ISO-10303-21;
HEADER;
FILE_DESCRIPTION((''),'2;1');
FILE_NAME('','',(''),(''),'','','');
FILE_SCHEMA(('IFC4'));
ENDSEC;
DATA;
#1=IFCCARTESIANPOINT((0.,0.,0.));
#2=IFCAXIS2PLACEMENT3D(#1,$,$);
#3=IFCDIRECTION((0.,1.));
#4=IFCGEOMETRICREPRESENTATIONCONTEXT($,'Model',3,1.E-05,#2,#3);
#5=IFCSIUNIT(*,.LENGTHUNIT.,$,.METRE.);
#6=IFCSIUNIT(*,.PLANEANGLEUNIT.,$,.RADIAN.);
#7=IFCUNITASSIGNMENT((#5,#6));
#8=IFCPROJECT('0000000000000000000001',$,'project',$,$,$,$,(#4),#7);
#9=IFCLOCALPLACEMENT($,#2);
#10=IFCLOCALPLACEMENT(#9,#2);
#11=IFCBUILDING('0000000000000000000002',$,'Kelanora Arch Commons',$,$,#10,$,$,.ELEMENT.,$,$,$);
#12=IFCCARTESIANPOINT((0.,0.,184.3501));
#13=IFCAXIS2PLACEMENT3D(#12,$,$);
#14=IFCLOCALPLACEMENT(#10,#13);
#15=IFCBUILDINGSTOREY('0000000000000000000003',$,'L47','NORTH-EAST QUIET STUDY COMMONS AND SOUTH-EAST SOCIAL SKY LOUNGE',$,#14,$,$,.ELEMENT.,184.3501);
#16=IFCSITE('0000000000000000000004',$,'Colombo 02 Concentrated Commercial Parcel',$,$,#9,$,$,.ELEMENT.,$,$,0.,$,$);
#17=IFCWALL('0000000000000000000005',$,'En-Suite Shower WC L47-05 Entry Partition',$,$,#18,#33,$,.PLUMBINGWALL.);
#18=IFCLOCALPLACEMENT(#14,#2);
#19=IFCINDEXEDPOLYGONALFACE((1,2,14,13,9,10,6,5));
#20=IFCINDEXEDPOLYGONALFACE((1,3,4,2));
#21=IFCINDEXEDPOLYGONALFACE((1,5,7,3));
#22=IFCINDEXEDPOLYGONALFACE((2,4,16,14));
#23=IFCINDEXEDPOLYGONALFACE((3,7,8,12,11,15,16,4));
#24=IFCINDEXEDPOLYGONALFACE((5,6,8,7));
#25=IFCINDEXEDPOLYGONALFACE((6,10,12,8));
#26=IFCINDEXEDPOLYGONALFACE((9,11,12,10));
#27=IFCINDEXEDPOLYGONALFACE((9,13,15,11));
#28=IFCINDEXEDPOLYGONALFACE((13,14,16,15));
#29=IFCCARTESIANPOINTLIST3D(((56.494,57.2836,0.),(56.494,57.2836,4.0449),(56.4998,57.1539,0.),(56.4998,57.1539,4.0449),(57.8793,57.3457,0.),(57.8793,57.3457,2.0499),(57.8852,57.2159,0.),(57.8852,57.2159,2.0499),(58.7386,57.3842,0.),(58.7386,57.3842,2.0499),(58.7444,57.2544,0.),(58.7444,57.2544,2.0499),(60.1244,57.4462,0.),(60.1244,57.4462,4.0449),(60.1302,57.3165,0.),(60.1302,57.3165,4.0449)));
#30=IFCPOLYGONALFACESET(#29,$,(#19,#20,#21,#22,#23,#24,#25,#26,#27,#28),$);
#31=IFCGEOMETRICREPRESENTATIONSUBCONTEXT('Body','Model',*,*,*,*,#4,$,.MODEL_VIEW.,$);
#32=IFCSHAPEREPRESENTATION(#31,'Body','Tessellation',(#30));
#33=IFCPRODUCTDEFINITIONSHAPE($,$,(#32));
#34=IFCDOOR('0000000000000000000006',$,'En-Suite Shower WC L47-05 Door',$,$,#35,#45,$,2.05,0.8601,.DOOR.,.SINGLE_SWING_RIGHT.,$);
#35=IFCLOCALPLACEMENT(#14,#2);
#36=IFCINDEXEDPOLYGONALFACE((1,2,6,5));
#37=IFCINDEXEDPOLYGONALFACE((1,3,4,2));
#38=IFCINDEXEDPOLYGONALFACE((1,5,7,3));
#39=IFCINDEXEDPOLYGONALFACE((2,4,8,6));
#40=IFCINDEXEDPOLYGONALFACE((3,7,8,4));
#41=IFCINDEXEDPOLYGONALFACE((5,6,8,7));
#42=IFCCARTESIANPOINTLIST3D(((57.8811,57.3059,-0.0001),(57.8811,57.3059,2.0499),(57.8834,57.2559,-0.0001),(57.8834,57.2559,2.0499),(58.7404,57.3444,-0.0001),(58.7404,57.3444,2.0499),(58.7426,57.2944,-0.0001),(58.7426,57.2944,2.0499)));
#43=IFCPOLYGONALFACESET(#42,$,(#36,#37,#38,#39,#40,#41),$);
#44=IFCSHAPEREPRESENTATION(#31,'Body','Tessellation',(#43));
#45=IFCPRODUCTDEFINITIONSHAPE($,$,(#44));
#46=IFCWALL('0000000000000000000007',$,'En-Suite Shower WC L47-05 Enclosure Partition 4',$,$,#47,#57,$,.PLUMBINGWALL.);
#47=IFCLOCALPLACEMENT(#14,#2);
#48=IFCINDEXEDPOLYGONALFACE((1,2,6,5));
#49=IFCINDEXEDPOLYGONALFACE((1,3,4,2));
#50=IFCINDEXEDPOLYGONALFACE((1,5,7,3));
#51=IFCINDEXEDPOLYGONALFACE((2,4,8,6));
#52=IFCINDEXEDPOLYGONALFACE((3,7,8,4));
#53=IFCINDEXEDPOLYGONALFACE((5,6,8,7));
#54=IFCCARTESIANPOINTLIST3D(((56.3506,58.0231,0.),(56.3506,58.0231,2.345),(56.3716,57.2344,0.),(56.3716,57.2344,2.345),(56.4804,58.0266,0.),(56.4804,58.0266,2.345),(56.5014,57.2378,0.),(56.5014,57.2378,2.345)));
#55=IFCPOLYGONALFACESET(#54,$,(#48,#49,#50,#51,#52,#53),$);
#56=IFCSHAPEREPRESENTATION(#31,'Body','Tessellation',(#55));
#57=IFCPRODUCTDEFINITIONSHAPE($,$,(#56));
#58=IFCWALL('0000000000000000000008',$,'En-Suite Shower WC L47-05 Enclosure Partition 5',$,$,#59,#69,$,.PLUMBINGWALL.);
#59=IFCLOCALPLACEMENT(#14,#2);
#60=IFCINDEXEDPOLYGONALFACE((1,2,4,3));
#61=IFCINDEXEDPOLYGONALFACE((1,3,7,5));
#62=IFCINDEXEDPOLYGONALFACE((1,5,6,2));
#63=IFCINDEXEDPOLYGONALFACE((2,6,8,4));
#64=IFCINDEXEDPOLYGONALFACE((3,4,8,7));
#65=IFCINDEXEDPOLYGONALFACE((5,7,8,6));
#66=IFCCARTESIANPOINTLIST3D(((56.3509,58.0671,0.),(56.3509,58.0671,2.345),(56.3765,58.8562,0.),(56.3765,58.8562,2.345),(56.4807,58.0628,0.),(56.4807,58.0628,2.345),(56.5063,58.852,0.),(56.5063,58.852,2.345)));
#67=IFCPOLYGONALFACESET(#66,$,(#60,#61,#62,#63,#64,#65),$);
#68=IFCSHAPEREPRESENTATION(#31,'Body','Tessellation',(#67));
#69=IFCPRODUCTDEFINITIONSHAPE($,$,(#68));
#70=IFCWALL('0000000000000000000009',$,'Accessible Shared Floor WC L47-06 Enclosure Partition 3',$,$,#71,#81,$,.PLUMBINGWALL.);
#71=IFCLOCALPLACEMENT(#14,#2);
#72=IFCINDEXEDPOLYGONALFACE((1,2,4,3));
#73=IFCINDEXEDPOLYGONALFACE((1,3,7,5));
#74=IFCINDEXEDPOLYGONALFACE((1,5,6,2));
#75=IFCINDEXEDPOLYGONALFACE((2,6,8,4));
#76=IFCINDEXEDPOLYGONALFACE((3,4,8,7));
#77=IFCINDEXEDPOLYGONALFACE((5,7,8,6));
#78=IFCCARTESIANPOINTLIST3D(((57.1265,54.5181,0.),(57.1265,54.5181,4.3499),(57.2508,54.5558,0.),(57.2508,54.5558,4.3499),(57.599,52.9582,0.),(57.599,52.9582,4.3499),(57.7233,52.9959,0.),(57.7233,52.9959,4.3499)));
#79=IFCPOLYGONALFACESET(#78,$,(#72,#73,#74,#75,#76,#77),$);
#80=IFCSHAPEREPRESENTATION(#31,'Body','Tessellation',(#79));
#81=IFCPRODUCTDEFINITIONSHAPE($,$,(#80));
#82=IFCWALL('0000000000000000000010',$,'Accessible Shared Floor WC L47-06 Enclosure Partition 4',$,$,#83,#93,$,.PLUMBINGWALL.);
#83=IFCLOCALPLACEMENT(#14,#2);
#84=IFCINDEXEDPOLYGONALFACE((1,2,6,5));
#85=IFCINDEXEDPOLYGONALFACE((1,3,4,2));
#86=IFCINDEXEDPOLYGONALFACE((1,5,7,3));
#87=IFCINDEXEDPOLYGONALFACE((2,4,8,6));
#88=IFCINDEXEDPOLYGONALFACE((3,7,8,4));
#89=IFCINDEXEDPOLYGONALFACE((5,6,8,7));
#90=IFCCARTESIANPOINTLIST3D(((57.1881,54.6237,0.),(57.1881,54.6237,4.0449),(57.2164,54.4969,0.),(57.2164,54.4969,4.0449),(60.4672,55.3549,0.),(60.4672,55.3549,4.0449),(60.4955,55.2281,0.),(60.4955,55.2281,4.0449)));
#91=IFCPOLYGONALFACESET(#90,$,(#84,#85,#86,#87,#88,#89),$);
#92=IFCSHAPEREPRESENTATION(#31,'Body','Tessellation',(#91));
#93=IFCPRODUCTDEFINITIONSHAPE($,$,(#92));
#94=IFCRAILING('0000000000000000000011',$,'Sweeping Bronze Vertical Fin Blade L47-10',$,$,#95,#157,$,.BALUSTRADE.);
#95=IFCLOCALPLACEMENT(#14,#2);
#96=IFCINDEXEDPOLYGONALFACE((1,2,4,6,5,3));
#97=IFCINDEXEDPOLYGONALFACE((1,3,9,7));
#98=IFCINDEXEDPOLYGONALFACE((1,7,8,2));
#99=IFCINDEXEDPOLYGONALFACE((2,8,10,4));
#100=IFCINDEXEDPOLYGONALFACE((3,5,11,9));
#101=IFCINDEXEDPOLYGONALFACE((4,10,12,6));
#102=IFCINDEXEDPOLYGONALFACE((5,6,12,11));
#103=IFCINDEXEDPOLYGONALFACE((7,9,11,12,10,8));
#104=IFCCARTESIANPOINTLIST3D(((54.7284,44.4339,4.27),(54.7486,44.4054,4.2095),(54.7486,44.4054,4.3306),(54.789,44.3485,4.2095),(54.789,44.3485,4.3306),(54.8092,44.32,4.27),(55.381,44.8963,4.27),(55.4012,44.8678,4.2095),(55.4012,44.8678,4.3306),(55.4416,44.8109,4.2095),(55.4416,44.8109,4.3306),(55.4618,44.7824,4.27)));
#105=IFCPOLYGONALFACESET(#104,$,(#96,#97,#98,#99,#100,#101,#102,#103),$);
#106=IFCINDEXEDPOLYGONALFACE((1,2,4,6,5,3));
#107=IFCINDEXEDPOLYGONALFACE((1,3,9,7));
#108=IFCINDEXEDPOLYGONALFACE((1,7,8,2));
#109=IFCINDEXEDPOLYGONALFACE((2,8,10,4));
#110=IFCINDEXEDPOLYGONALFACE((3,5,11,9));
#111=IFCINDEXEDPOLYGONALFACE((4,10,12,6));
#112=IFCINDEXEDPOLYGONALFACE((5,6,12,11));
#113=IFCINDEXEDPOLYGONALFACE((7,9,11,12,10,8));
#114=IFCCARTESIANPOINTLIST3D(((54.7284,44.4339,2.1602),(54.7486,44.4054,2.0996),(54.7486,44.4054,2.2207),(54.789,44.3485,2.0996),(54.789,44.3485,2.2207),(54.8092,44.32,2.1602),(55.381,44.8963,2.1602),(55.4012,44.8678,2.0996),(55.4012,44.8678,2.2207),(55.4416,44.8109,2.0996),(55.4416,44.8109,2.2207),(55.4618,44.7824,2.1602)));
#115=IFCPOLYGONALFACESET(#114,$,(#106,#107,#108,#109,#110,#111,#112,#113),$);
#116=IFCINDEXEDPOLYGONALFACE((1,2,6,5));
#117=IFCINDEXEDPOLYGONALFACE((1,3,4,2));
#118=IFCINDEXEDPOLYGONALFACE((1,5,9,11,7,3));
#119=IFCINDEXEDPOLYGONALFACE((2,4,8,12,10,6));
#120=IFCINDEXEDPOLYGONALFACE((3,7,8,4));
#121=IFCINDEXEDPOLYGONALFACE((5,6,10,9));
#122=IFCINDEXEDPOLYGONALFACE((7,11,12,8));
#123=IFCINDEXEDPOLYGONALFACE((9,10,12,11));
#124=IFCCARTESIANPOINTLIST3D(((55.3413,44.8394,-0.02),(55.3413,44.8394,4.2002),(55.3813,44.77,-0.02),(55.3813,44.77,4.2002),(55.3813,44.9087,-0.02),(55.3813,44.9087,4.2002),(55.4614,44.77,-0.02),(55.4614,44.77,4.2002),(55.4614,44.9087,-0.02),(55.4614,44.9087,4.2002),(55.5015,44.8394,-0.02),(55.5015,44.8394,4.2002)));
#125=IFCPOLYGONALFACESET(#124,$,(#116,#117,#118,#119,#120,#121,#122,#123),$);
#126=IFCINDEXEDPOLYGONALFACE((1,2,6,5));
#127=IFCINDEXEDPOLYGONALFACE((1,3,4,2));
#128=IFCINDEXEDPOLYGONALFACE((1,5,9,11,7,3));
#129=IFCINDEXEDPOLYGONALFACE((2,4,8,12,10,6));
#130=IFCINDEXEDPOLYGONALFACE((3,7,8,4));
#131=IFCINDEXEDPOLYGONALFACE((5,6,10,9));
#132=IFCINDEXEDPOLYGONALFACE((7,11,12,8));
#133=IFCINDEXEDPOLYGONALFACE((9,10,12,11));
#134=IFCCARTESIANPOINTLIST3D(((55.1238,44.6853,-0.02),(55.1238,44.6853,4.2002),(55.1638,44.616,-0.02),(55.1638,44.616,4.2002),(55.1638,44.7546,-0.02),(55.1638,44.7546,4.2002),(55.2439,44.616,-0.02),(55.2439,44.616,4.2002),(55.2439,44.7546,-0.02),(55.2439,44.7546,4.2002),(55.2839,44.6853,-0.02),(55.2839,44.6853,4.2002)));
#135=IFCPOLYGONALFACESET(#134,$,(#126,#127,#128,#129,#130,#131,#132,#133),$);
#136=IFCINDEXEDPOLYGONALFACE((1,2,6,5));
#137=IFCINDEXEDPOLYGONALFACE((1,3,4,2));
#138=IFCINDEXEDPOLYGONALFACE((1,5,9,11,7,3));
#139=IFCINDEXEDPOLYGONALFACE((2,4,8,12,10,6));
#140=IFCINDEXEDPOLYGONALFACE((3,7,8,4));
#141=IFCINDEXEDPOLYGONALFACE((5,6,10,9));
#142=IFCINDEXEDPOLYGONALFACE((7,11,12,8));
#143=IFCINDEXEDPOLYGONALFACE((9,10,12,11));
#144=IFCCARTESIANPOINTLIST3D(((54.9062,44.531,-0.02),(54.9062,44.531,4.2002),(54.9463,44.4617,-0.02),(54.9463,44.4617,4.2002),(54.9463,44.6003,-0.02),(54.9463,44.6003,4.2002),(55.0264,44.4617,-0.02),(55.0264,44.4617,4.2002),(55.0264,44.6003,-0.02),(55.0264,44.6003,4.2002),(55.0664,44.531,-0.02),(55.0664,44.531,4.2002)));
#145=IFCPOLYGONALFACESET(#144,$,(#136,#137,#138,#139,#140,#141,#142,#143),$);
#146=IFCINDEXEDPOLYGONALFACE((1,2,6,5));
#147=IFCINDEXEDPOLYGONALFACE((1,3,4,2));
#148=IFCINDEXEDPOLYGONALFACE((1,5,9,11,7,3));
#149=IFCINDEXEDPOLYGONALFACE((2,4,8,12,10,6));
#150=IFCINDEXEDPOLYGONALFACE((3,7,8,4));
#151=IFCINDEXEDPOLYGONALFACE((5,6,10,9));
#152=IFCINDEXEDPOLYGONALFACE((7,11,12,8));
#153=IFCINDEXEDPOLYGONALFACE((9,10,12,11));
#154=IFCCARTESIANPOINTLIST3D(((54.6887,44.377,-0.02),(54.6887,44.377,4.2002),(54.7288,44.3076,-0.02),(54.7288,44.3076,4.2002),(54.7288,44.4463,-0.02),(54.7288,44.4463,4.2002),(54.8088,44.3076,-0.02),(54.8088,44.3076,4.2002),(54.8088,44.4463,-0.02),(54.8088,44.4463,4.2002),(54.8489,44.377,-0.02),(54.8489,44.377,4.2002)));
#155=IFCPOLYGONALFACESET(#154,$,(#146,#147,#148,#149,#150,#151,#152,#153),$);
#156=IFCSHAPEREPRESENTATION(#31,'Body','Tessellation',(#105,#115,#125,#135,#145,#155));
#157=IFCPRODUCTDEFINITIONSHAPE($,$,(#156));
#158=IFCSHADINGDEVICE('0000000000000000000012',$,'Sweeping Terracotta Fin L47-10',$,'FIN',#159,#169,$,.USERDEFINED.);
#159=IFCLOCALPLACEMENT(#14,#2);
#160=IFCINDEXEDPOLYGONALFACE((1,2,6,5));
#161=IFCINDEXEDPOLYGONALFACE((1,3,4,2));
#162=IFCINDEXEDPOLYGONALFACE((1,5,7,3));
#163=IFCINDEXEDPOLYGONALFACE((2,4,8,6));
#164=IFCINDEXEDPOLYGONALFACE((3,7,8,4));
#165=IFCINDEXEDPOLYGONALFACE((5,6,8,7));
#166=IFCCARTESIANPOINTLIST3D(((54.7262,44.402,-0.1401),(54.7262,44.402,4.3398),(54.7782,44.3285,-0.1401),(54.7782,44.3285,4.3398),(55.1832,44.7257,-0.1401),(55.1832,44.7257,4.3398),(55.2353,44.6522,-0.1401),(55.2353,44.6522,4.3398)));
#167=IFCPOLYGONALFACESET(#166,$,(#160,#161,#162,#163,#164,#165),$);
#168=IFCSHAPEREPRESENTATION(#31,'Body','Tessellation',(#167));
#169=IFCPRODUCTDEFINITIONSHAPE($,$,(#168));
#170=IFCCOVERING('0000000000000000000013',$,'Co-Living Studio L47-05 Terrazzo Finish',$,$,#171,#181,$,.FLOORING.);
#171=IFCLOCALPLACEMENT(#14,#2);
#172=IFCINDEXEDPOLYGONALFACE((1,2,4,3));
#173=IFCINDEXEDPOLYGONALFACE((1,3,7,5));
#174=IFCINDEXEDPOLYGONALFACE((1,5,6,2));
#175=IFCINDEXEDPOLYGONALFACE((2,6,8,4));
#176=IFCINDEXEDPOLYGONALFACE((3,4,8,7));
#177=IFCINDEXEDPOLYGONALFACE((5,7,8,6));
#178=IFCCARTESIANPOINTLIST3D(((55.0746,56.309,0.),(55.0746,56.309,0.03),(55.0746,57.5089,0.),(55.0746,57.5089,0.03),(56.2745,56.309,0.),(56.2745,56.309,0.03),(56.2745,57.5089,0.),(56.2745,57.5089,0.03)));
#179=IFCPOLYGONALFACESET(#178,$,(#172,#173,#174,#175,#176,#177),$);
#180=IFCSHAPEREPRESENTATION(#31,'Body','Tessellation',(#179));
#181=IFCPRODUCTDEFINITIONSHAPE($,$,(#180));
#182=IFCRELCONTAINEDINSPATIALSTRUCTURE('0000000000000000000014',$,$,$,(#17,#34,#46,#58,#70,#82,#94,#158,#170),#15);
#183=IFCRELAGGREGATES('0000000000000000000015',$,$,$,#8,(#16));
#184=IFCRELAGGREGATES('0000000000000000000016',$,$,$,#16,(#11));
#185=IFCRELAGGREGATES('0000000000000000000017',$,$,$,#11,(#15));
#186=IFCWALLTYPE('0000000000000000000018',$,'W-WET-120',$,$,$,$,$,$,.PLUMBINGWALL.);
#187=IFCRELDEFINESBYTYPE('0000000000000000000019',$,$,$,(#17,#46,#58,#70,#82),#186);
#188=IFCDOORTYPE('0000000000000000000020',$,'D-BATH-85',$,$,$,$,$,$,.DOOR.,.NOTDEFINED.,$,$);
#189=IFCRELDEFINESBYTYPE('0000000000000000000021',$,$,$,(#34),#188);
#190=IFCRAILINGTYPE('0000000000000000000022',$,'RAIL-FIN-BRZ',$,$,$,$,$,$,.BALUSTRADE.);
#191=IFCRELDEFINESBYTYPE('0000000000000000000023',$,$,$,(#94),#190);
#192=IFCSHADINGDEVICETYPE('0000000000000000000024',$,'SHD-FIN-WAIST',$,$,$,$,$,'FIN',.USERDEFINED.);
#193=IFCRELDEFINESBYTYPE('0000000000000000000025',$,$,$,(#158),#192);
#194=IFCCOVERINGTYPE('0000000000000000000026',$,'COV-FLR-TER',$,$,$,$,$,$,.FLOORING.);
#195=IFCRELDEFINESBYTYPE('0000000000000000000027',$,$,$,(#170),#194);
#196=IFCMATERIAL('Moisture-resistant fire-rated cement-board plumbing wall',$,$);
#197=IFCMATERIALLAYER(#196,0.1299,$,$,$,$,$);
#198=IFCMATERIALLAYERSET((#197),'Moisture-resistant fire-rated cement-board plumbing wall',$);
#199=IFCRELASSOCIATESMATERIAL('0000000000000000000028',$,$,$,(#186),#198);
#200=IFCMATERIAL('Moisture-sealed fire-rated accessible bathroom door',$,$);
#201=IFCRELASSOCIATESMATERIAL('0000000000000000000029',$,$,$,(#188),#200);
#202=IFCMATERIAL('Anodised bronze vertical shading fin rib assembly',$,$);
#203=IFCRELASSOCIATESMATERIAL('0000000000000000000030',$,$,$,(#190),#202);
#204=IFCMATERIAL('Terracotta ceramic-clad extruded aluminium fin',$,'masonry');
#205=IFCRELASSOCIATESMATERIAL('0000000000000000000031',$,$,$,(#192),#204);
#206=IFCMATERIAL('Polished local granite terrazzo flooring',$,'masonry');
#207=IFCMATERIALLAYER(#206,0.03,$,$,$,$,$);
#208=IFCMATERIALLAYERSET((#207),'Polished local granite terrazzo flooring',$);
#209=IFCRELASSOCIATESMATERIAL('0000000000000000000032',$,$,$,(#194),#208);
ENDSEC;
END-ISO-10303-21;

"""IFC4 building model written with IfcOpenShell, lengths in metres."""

from ifc_helpers import new_model, si_unit, direction, frame, frame_2d, origin, origin_2d, place, context, subcontext, project, spatial, polyline, rectangle, outline, extrude, source, transform, mapped, material, layer, layer_set, type_object, element, fill, save


model = new_model("IFC4")

# Units and contexts
model_context = context("Model", 3, precision=1e-05, world=origin(), true_north=direction((0.0, 1.0)))
body_context = subcontext(model_context, "Body", "Model", "MODEL_VIEW")
ifc_project = project(units=[si_unit("LENGTHUNIT", "METRE"), si_unit("PLANEANGLEUNIT", "RADIAN")], contexts=[model_context])

# Site, building, storey
site_placement = place(None, origin())
site = spatial("IfcSite", under=ifc_project, at=site_placement, Name="Colombo 02 Concentrated Commercial Parcel", CompositionType="ELEMENT", RefElevation=0.0)
building_placement = place(site_placement, origin())
building = spatial("IfcBuilding", under=site, at=building_placement, Name="Kelanora Arch Commons", CompositionType="ELEMENT")
storey_placement = place(building_placement, frame((0.0, 0.0, 184.3501)))
storey = spatial("IfcBuildingStorey", under=building, at=storey_placement, Name="L47", Description="NORTH-EAST QUIET STUDY COMMONS AND SOUTH-EAST SOCIAL SKY LOUNGE", CompositionType="ELEMENT", Elevation=184.3501)

# Wall, opening, door
ifc_material_1 = material(Name="Moisture-resistant fire-rated cement-board plumbing wall")
ifc_layer_1 = layer(ifc_material_1, 0.1299)
ifc_layer_set_1 = layer_set([ifc_layer_1], Name="Moisture-resistant fire-rated cement-board plumbing wall")
wall_type_1 = type_object("IfcWallType", Name="W-WET-120", PredefinedType="PLUMBINGWALL", material=ifc_layer_set_1)
wall_1_placement = place(storey_placement, frame((60.1272, 57.3813, 0.0), z_axis=(0.0, 0.0, 1.0), x_axis=(-0.998999, -0.044743, 0.0)))
wall_1 = element("IfcWall", 1, at=wall_1_placement, inside=storey, type_object=wall_type_1, Name="En-Suite Shower WC L47-05 Entry Partition", PredefinedType="PLUMBINGWALL", context=body_context, shape_type="SweptSolid", body=[
    extrude(rectangle(XDim=3.634, YDim=0.1299, at=frame_2d((1.8169, 0.0))), origin(), (0.0, 0.0, 1.0), 4.0449),
])
opening_1_placement = place(wall_1_placement, frame((1.387, 0.0, 0.0)))
opening_1 = element("IfcOpeningElement", 2, at=opening_1_placement, cuts=wall_1, PredefinedType="OPENING", context=body_context, shape_type="SweptSolid", body=[
    extrude(rectangle(XDim=0.8601, YDim=2.05, at=frame_2d((0.4302, 1.0249))), frame((0.0, 0.075, 0.0), z_axis=(0.0, -1.0, 0.0), x_axis=(1.0, 0.0, 0.0)), (0.0, 0.0, 1.0), 0.1499),
])
ifc_material_2 = material(Name="Moisture-sealed fire-rated accessible bathroom door")
door_type = type_object("IfcDoorType", Name="D-BATH-85", OperationType="NOTDEFINED", PredefinedType="DOOR", material=ifc_material_2)
door_placement = place(opening_1_placement, origin())
door = element("IfcDoor", 3, at=door_placement, inside=storey, type_object=door_type, Name="En-Suite Shower WC L47-05 Door", OperationType="SINGLE_SWING_RIGHT", OverallHeight=2.05, OverallWidth=0.8601, PredefinedType="DOOR", context=body_context, shape_type="SweptSolid", body=[
    extrude(rectangle(XDim=0.8601, YDim=2.05, at=frame_2d((0.4302, 1.0249))), frame((0.0, 0.0249, 0.0), z_axis=(0.0, -1.0, 0.0), x_axis=(1.0, 0.0, 0.0)), (0.0, 0.0, 1.0), 0.05),
])
fill(opening_1, door)

# Walls
wall_2_placement = place(storey_placement, frame((56.4365, 57.2361, 0.0), z_axis=(0.0, 0.0, 1.0), x_axis=(-0.026608, 0.999646, 0.0)))
element("IfcWall", 4, at=wall_2_placement, inside=storey, type_object=wall_type_1, Name="En-Suite Shower WC L47-05 Enclosure Partition 4", PredefinedType="PLUMBINGWALL", context=body_context, shape_type="SweptSolid", body=[
    extrude(rectangle(XDim=0.7891, YDim=0.1299, at=frame_2d((0.3945, 0.0))), origin(), (0.0, 0.0, 1.0), 2.345),
])
wall_3_placement = place(storey_placement, frame((56.4158, 58.0649, 0.0), z_axis=(0.0, 0.0, 1.0), x_axis=(0.03247, 0.999473, 0.0)))
element("IfcWall", 5, at=wall_3_placement, inside=storey, type_object=wall_type_1, Name="En-Suite Shower WC L47-05 Enclosure Partition 5", PredefinedType="PLUMBINGWALL", context=body_context, shape_type="SweptSolid", body=[
    extrude(rectangle(XDim=0.7896, YDim=0.1299, at=frame_2d((0.3948, 0.0))), origin(), (0.0, 0.0, 1.0), 2.345),
])
wall_4_placement = place(storey_placement, frame((57.6611, 52.9771, 0.0), z_axis=(0.0, 0.0, 1.0), x_axis=(-0.289862, 0.957068, 0.0)))
element("IfcWall", 6, at=wall_4_placement, inside=storey, type_object=wall_type_1, Name="Accessible Shared Floor WC L47-06 Enclosure Partition 3", PredefinedType="PLUMBINGWALL", context=body_context, shape_type="SweptSolid", body=[
    extrude(rectangle(XDim=1.6299, YDim=0.1299, at=frame_2d((0.8149, 0.0))), origin(), (0.0, 0.0, 1.0), 4.3499),
])
wall_5_placement = place(storey_placement, frame((57.2024, 54.5603, 0.0), z_axis=(0.0, 0.0, 1.0), x_axis=(0.976028, 0.217646, 0.0)))
element("IfcWall", 7, at=wall_5_placement, inside=storey, type_object=wall_type_1, Name="Accessible Shared Floor WC L47-06 Enclosure Partition 4", PredefinedType="PLUMBINGWALL", context=body_context, shape_type="SweptSolid", body=[
    extrude(rectangle(XDim=3.3596, YDim=0.1299, at=frame_2d((1.6797, 0.0))), origin(), (0.0, 0.0, 1.0), 4.0449),
])

# Railing
ifc_material_3 = material(Name="Anodised bronze vertical shading fin rib assembly")
railing_type = type_object("IfcRailingType", Name="RAIL-FIN-BRZ", PredefinedType="BALUSTRADE", material=ifc_material_3)
railing_placement = place(storey_placement, frame((55.4214, 44.8394, -0.02)))
element("IfcRailing", 8, at=railing_placement, inside=storey, type_object=railing_type, Name="Sweeping Bronze Vertical Fin Blade L47-10", PredefinedType="BALUSTRADE", context=body_context, shape_type="SweptSolid", body=[
    extrude(outline(polyline([(0.0698, 0.0), (0.0349, 0.0605), (-0.0349, 0.0605), (-0.0698, 0.0), (-0.0349, -0.0605), (0.0349, -0.0605), (0.0698, 0.0)])), frame((0.0, 0.0, 4.29), z_axis=(-0.815934, -0.578144, 0.0), x_axis=(0.578144, -0.815934, 0.0)), (0.0, 0.0, 1.0), 0.7998),
    extrude(outline(polyline([(0.0698, 0.0), (0.0349, 0.0605), (-0.0349, 0.0605), (-0.0698, 0.0), (-0.0349, -0.0605), (0.0349, -0.0605), (0.0698, 0.0)])), frame((0.0, 0.0, 2.1802), z_axis=(-0.815934, -0.578144, 0.0), x_axis=(0.578144, -0.815934, 0.0)), (0.0, 0.0, 1.0), 0.7998),
    extrude(outline(polyline([(0.0801, 0.0), (0.04, 0.0693), (-0.04, 0.0693), (-0.0801, 0.0), (-0.04, -0.0693), (0.04, -0.0693), (0.0801, 0.0)])), origin(), (0.0, 0.0, 1.0), 4.2202),
    extrude(outline(polyline([(0.0801, 0.0), (0.04, 0.0693), (-0.04, 0.0693), (-0.0801, 0.0), (-0.04, -0.0693), (0.04, -0.0693), (0.0801, 0.0)])), frame((-0.2175, -0.1541, 0.0)), (0.0, 0.0, 1.0), 4.2202),
    extrude(outline(polyline([(0.0801, 0.0), (0.04, 0.0693), (-0.04, 0.0693), (-0.0801, 0.0), (-0.04, -0.0693), (0.04, -0.0693), (0.0801, 0.0)])), frame((-0.4351, -0.3083, 0.0)), (0.0, 0.0, 1.0), 4.2202),
    extrude(outline(polyline([(0.0801, 0.0), (0.04, 0.0693), (-0.04, 0.0693), (-0.0801, 0.0), (-0.04, -0.0693), (0.04, -0.0693), (0.0801, 0.0)])), frame((-0.6526, -0.4624, 0.0)), (0.0, 0.0, 1.0), 4.2202),
])

# Shading device
ifc_material_4 = material(Name="Terracotta ceramic-clad extruded aluminium fin", Category="masonry")
shading_device_type = type_object("IfcShadingDeviceType", Name="SHD-FIN-WAIST", ElementType="FIN", PredefinedType="USERDEFINED", material=ifc_material_4)
shared_shape_1 = source(origin(), body_context, "Body", "SweptSolid", [
    extrude(rectangle(XDim=0.5601, YDim=0.0901, at=origin_2d()), origin(), (0.0, 0.0, 1.0), 4.48),
])
shading_device_placement = place(storey_placement, frame((54.9807, 44.5271, -0.1401), z_axis=(0.0, 0.0, 1.0), x_axis=(-0.816037, -0.578, 0.0)))
element("IfcShadingDevice", 9, at=shading_device_placement, inside=storey, type_object=shading_device_type, Name="Sweeping Terracotta Fin L47-10", ObjectType="FIN", PredefinedType="USERDEFINED", context=body_context, shape_type="MappedRepresentation", body=[
    mapped(shared_shape_1, transform((0.0, 0.0, 0.0), scale=1.0)),
])

# Covering
ifc_material_5 = material(Name="Polished local granite terrazzo flooring", Category="masonry")
ifc_layer_2 = layer(ifc_material_5, 0.03)
ifc_layer_set_2 = layer_set([ifc_layer_2], Name="Polished local granite terrazzo flooring")
covering_type = type_object("IfcCoveringType", Name="COV-FLR-TER", PredefinedType="FLOORING", material=ifc_layer_set_2)
shared_shape_2 = source(origin(), body_context, "Body", "SweptSolid", [
    extrude(rectangle(XDim=1.2, YDim=1.2, at=origin_2d()), origin(), (0.0, 0.0, 1.0), 0.03),
])
for number, where, z_axis, x_axis, name in (
    (10, (55.6746, 56.9089, 0.0), (0.0, 0.0, 1.0), (1.0, 0.0, 0.0), "Co-Living Studio L47-05 Terrazzo Finish"),
):
    element("IfcCovering", number, at=place(storey_placement, frame(where, z_axis=z_axis, x_axis=x_axis)), inside=storey, type_object=covering_type, Name=name, PredefinedType="FLOORING", context=body_context, shape_type="MappedRepresentation", body=[
        mapped(shared_shape_2, transform((0.0, 0.0, 0.0), scale=1.0)),
    ])

save(model, "model.ifc")
